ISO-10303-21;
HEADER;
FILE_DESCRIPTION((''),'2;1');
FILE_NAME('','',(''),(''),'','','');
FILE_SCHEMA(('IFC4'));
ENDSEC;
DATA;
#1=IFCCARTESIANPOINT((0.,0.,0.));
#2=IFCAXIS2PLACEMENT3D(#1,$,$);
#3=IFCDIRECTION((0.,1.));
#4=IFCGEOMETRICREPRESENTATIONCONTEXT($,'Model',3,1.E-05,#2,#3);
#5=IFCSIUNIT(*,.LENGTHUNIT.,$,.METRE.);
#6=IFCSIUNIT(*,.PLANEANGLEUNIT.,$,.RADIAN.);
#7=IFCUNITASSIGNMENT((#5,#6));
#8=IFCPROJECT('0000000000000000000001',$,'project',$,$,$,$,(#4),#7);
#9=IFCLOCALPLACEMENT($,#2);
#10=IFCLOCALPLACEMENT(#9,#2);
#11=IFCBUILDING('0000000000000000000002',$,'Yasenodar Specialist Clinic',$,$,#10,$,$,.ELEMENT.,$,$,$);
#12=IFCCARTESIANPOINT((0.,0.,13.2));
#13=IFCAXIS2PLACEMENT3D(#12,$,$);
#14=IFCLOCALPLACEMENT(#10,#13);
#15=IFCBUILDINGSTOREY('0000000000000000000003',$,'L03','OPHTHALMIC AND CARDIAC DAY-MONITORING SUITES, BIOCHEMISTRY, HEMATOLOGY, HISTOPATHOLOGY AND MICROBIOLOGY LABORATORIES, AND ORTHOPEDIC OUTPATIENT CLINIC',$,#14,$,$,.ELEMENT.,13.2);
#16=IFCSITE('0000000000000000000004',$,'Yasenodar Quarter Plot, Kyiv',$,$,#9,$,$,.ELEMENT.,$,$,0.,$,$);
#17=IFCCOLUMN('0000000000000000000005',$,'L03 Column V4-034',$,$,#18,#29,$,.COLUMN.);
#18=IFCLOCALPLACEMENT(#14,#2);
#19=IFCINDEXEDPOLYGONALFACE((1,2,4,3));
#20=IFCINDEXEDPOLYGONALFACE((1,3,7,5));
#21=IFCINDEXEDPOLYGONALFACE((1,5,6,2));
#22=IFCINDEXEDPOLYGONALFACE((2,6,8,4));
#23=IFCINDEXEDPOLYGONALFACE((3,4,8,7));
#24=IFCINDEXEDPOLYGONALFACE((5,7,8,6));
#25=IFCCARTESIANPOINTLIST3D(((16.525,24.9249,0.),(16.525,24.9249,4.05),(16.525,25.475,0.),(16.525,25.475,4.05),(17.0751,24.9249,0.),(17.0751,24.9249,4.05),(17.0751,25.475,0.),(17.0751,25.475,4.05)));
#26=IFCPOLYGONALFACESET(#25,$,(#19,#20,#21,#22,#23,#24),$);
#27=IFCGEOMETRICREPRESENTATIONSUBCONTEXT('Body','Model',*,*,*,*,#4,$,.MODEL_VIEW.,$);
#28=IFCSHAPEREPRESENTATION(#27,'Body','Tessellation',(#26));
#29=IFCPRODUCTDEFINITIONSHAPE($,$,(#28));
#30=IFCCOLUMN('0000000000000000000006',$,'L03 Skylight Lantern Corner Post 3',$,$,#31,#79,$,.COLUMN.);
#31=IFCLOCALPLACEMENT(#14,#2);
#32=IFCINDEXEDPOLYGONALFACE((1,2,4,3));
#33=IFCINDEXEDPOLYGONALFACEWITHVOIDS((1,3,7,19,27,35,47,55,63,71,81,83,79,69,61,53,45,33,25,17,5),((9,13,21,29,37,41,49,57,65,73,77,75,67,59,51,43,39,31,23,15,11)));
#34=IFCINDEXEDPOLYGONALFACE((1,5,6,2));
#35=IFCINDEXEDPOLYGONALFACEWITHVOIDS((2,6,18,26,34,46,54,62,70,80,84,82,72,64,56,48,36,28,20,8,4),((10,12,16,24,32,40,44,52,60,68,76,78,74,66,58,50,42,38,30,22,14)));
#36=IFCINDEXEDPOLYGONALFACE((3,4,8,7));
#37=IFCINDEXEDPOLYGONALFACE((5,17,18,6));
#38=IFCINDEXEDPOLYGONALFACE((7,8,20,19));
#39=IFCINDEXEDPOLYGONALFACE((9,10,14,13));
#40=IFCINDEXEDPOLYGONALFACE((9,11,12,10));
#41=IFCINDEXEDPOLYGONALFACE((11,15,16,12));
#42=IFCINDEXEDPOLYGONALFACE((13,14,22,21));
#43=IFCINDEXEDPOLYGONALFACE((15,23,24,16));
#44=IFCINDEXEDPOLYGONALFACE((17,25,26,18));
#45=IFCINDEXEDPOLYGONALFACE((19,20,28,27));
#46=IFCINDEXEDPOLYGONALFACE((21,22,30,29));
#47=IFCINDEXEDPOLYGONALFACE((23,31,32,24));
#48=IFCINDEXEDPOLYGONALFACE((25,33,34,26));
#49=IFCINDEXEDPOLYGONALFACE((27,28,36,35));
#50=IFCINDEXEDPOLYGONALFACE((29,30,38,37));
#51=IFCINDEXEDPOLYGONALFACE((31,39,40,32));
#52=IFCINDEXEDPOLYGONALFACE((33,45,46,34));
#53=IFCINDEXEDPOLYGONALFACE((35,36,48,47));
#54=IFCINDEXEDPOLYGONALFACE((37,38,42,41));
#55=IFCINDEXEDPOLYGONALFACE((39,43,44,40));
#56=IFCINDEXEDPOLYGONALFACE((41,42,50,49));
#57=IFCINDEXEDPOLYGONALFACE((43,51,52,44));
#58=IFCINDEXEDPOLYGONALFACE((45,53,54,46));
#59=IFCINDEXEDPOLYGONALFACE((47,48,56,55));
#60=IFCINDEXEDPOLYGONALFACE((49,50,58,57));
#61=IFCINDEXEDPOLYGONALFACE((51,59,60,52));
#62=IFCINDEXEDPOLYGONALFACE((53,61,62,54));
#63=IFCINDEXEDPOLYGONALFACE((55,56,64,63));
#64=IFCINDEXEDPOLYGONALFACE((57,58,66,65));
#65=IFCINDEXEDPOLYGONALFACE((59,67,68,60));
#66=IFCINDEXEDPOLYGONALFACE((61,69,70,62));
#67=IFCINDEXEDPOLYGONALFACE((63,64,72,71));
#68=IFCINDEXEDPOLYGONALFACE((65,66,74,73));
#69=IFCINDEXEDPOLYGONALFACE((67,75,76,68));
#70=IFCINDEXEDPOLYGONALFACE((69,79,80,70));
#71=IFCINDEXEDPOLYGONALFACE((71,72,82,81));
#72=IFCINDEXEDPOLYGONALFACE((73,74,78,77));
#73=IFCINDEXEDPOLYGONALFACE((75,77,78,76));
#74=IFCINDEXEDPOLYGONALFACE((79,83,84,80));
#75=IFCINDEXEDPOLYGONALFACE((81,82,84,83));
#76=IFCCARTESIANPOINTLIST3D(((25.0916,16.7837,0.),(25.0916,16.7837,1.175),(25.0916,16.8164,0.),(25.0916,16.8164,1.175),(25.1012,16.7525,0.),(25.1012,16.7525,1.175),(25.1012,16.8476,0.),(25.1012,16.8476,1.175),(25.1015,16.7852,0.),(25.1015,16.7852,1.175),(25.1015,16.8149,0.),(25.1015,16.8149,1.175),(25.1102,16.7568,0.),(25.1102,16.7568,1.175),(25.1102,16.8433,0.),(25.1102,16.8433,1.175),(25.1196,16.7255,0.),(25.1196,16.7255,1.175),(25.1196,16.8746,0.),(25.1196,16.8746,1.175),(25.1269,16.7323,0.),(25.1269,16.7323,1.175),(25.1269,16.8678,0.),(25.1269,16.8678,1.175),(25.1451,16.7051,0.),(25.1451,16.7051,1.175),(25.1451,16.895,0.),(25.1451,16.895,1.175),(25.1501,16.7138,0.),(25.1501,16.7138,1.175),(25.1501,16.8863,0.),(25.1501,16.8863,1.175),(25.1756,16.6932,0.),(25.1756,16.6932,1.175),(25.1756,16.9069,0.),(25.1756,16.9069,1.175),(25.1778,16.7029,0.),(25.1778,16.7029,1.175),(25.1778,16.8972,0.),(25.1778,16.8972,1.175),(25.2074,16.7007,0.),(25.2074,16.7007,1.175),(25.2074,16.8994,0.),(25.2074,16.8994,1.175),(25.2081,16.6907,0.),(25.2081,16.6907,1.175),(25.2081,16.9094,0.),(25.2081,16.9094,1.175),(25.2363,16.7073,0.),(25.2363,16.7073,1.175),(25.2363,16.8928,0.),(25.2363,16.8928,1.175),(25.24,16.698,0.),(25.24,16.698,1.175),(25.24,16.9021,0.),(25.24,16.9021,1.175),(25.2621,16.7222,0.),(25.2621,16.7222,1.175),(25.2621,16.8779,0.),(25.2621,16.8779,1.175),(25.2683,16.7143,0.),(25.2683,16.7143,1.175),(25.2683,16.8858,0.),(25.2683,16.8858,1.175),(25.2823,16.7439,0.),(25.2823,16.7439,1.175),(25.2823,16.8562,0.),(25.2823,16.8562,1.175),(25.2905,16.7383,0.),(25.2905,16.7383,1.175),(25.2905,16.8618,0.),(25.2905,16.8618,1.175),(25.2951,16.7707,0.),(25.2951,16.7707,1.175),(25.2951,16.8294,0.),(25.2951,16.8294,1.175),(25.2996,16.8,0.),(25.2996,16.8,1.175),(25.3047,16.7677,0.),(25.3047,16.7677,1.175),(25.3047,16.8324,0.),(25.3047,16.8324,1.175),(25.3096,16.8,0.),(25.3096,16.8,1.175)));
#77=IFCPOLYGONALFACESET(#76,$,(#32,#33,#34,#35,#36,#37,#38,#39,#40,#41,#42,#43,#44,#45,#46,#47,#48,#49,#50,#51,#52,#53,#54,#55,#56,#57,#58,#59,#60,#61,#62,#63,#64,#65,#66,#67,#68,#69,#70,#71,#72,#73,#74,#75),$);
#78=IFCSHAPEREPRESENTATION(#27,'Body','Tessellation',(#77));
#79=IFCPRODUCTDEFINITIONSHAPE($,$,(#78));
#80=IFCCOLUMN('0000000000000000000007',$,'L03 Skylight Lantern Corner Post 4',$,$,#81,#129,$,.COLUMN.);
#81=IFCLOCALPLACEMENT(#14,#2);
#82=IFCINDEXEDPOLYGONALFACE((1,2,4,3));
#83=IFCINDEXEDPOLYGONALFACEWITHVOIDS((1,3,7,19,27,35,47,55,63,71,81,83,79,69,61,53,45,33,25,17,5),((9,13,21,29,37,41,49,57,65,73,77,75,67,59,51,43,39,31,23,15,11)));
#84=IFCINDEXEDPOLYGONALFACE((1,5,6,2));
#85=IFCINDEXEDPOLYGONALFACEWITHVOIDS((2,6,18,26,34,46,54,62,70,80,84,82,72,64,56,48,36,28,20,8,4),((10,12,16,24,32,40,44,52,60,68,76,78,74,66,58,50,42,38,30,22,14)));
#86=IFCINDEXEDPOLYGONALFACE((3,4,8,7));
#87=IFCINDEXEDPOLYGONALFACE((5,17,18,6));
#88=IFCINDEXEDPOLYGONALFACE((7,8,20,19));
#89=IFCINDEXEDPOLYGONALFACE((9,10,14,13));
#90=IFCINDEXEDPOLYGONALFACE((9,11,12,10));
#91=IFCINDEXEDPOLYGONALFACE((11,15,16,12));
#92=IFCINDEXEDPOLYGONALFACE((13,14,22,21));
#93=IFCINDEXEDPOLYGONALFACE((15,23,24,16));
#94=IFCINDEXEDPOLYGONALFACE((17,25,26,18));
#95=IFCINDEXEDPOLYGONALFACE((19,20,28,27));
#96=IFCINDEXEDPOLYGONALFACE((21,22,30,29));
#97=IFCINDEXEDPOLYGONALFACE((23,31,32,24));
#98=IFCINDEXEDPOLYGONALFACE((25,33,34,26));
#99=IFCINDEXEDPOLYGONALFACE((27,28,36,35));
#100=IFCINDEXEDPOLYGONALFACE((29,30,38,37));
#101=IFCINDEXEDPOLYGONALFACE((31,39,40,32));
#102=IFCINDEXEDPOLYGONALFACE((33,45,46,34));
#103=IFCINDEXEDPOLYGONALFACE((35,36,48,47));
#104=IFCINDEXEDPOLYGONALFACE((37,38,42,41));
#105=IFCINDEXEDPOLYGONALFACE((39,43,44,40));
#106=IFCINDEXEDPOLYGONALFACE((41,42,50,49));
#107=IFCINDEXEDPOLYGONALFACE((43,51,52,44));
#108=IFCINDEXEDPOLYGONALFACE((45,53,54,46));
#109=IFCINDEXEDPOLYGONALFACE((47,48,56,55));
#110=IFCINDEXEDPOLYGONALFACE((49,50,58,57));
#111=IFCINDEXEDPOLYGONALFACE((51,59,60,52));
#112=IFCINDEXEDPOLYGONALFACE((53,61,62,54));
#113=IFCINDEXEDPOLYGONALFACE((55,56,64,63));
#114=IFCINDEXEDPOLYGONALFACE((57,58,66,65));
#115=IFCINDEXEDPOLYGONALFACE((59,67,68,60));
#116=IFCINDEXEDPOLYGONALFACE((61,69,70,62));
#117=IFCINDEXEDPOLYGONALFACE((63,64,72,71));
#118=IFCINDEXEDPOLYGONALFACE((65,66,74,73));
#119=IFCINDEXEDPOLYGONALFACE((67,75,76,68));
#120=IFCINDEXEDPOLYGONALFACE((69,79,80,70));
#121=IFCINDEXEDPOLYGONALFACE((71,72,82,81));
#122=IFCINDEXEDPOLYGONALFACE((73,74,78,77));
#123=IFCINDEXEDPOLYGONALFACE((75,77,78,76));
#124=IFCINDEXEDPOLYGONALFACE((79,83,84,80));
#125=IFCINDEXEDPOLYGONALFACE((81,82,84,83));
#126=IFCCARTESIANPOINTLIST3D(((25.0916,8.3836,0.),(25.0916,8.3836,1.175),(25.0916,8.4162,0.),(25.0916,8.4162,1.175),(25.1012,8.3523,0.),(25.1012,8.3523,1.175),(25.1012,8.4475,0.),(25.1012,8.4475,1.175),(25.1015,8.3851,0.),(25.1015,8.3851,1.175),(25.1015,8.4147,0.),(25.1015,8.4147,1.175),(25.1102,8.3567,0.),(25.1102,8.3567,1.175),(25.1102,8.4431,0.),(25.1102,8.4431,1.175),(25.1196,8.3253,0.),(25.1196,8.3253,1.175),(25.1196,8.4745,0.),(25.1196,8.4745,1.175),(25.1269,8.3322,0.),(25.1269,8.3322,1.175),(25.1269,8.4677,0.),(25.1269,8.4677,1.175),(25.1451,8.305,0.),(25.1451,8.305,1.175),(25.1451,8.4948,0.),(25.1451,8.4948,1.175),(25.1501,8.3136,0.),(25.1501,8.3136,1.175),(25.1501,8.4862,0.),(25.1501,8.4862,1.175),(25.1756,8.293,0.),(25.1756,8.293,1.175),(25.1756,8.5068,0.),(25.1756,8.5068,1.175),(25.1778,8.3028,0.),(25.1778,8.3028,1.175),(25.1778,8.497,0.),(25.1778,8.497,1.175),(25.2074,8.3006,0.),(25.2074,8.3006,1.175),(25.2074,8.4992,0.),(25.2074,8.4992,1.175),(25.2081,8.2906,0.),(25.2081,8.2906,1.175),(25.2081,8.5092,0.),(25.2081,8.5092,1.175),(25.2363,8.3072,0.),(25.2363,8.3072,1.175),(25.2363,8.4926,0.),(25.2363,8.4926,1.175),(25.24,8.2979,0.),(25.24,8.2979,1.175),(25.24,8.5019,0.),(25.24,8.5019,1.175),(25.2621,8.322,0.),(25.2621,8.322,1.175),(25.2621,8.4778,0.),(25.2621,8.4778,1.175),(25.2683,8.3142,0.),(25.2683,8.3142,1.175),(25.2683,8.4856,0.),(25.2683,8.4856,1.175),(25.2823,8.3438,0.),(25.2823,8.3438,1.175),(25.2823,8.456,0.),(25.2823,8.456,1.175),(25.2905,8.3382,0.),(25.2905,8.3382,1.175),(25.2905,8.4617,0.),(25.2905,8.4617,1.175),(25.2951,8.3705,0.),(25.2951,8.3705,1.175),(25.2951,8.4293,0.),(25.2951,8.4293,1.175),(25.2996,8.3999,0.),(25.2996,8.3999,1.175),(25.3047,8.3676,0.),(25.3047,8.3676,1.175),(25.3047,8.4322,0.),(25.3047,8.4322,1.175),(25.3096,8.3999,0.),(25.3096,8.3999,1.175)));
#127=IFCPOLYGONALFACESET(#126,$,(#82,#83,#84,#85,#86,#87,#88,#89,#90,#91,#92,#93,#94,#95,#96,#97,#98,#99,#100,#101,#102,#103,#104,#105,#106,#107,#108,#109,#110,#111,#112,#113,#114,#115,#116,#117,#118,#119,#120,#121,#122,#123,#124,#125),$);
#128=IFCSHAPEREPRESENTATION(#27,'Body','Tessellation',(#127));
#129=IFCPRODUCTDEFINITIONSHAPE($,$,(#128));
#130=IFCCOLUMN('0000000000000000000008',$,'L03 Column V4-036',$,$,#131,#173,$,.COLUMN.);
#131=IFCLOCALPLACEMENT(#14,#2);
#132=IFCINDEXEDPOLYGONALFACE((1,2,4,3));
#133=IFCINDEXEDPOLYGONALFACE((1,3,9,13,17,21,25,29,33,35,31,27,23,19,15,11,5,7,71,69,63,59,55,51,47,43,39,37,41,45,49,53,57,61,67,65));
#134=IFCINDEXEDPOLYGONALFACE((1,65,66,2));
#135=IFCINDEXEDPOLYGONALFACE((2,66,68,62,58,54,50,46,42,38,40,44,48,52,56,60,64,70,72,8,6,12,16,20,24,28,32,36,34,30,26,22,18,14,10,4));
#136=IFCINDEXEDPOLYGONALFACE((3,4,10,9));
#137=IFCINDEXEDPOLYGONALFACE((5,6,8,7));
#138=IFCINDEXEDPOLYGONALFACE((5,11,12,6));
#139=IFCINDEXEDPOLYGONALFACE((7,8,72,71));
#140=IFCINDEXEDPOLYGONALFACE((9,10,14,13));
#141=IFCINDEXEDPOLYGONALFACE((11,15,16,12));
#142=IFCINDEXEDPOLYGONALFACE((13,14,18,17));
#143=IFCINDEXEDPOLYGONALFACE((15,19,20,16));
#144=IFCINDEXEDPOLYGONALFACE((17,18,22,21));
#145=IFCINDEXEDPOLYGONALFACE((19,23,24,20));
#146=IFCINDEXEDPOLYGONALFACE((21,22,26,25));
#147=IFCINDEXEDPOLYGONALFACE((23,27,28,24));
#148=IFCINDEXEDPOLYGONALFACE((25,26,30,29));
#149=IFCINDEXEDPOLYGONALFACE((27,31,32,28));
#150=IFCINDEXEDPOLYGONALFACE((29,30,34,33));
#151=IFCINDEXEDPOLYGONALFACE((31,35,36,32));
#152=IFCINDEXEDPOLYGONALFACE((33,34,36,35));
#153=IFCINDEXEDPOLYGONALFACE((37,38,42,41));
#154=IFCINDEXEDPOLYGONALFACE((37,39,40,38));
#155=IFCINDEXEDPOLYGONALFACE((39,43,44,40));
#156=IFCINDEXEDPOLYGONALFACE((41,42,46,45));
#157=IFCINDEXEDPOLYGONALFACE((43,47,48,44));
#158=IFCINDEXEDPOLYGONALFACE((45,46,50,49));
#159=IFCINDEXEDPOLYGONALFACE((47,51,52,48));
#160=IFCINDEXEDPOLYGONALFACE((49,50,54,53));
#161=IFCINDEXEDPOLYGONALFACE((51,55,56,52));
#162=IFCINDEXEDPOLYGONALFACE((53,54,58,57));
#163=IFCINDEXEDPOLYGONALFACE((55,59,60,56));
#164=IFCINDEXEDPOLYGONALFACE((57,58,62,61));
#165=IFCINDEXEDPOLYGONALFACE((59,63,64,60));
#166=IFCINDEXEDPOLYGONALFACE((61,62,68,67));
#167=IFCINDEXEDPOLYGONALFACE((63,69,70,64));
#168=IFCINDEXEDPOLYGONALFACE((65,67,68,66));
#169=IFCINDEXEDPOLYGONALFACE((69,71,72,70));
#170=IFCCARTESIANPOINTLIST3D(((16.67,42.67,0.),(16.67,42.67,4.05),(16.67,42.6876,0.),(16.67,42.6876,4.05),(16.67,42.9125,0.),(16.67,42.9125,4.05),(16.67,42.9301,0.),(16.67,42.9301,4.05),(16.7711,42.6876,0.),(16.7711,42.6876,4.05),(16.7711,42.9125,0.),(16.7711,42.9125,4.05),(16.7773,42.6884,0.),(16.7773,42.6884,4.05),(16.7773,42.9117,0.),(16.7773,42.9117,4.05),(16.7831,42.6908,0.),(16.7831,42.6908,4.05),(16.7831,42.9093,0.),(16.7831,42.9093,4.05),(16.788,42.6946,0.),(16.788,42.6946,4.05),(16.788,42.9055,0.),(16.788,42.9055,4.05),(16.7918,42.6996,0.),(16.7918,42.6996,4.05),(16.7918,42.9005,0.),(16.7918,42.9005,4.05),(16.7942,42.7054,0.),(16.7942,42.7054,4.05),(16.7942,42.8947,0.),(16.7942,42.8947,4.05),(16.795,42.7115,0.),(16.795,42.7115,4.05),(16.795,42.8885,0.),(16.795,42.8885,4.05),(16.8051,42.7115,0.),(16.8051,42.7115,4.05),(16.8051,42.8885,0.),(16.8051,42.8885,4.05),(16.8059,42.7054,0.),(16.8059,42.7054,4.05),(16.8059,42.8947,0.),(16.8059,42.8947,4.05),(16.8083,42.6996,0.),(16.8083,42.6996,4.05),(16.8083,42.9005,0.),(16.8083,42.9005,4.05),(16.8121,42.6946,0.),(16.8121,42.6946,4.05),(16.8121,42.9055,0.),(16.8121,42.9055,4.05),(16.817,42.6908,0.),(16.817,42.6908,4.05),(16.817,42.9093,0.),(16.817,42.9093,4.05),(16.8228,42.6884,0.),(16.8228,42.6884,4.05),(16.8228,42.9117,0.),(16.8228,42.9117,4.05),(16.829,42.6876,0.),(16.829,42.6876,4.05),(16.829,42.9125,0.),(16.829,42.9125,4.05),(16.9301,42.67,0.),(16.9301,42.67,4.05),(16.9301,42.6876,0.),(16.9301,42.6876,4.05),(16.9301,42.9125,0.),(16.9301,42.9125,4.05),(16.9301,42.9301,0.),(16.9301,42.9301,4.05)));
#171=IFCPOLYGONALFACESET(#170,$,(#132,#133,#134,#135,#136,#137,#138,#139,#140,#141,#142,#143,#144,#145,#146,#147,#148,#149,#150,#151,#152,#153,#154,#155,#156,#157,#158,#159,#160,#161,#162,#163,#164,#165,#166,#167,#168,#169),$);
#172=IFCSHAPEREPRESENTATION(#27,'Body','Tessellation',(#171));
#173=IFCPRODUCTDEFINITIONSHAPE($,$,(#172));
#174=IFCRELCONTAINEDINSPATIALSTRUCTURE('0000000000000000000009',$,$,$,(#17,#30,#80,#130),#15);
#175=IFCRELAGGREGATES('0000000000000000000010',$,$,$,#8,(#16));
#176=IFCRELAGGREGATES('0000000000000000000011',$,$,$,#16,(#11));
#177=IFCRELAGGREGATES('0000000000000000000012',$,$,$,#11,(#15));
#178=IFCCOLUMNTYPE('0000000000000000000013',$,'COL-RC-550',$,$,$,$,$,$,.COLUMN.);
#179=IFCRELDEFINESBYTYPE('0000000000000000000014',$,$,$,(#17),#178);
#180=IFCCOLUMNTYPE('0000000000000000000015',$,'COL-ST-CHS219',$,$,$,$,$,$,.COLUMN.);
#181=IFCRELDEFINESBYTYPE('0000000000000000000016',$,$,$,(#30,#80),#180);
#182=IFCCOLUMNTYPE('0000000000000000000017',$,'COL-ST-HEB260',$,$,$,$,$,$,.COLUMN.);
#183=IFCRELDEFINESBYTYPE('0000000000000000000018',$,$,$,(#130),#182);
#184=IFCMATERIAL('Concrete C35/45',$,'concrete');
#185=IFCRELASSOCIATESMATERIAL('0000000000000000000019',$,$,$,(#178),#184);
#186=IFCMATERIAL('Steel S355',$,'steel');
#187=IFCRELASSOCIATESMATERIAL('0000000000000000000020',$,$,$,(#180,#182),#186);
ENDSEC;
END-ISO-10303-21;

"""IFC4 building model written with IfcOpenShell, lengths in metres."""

from ifc_helpers import new_model, si_unit, direction, frame, origin, origin_2d, place, context, subcontext, project, spatial, rectangle, hollow_circle, i_section, extrude, material, material_profile, profile_set, type_object, element, save


model = new_model("IFC4")

# Units and contexts
model_context = context("Model", 3, precision=1e-05, world=origin(), true_north=direction((0.0, 1.0)))
body_context = subcontext(model_context, "Body", "Model", "MODEL_VIEW")
ifc_project = project(units=[si_unit("LENGTHUNIT", "METRE"), si_unit("PLANEANGLEUNIT", "RADIAN")], contexts=[model_context])

# Site, building, storey
site_placement = place(None, origin())
site = spatial("IfcSite", under=ifc_project, at=site_placement, Name="Yasenodar Quarter Plot, Kyiv", CompositionType="ELEMENT", RefElevation=0.0)
building_placement = place(site_placement, origin())
building = spatial("IfcBuilding", under=site, at=building_placement, Name="Yasenodar Specialist Clinic", CompositionType="ELEMENT")
storey_placement = place(building_placement, frame((0.0, 0.0, 13.2)))
storey = spatial("IfcBuildingStorey", under=building, at=storey_placement, Name="L03", Description="OPHTHALMIC AND CARDIAC DAY-MONITORING SUITES, BIOCHEMISTRY, HEMATOLOGY, HISTOPATHOLOGY AND MICROBIOLOGY LABORATORIES, AND ORTHOPEDIC OUTPATIENT CLINIC", CompositionType="ELEMENT", Elevation=13.2)

# Columns
ifc_material_1 = material(Name="Concrete C35/45", Category="concrete")
ifc_material_profile_1 = material_profile(ifc_material_1, rectangle(XDim=0.55, YDim=0.55, at=origin_2d()), Name="RC 550x550")
ifc_profile_set_1 = profile_set([ifc_material_profile_1], Name="Concrete C35/45")
column_type_1 = type_object("IfcColumnType", Name="COL-RC-550", PredefinedType="COLUMN", material=ifc_profile_set_1)
column_1_placement = place(storey_placement, frame((16.8, 25.2, 0.0), z_axis=(0.0, 0.0, 1.0), x_axis=(1.0, 0.0, 0.0)))
element("IfcColumn", 1, at=column_1_placement, inside=storey, type_object=column_type_1, Name="L03 Column V4-034", PredefinedType="COLUMN", context=body_context, shape_type="SweptSolid", body=[
    extrude(rectangle(XDim=0.55, YDim=0.55, at=origin_2d()), origin(), (0.0, 0.0, 1.0), 4.05),
])
ifc_material_2 = material(Name="Steel S355", Category="steel")
ifc_material_profile_2 = material_profile(ifc_material_2, hollow_circle(Radius=0.1096, WallThickness=0.01, at=origin_2d()), Name="CHS 219.1x10")
ifc_profile_set_2 = profile_set([ifc_material_profile_2], Name="Steel S355")
column_type_2 = type_object("IfcColumnType", Name="COL-ST-CHS219", PredefinedType="COLUMN", material=ifc_profile_set_2)
for number, where, z_axis, x_axis, name in (
    (2, (25.2, 16.8, 0.0), (0.0, 0.0, 1.0), (1.0, 0.0, 0.0), "L03 Skylight Lantern Corner Post 3"),
    (3, (25.2, 8.3999, 0.0), (0.0, 0.0, 1.0), (1.0, 0.0, 0.0), "L03 Skylight Lantern Corner Post 4"),
):
    element("IfcColumn", number, at=place(storey_placement, frame(where, z_axis=z_axis, x_axis=x_axis)), inside=storey, type_object=column_type_2, Name=name, PredefinedType="COLUMN", context=body_context, shape_type="SweptSolid", body=[
        extrude(hollow_circle(Radius=0.1096, WallThickness=0.01, at=origin_2d()), origin(), (0.0, 0.0, 1.0), 1.175),
    ])
ifc_material_profile_3 = material_profile(ifc_material_2, i_section(OverallWidth=0.26, OverallDepth=0.26, WebThickness=0.01, FlangeThickness=0.0176, FilletRadius=0.0239, at=origin_2d()), Name="HEB 260")
ifc_profile_set_3 = profile_set([ifc_material_profile_3], Name="Steel S355")
column_type_3 = type_object("IfcColumnType", Name="COL-ST-HEB260", PredefinedType="COLUMN", material=ifc_profile_set_3)
column_2_placement = place(storey_placement, frame((16.8, 42.8, 0.0), z_axis=(0.0, 0.0, 1.0), x_axis=(1.0, 0.0, 0.0)))
element("IfcColumn", 4, at=column_2_placement, inside=storey, type_object=column_type_3, Name="L03 Column V4-036", PredefinedType="COLUMN", context=body_context, shape_type="SweptSolid", body=[
    extrude(i_section(OverallWidth=0.26, OverallDepth=0.26, WebThickness=0.01, FlangeThickness=0.0176, FilletRadius=0.0239, at=origin_2d()), origin(), (0.0, 0.0, 1.0), 4.05),
])

save(model, "model.ifc")
